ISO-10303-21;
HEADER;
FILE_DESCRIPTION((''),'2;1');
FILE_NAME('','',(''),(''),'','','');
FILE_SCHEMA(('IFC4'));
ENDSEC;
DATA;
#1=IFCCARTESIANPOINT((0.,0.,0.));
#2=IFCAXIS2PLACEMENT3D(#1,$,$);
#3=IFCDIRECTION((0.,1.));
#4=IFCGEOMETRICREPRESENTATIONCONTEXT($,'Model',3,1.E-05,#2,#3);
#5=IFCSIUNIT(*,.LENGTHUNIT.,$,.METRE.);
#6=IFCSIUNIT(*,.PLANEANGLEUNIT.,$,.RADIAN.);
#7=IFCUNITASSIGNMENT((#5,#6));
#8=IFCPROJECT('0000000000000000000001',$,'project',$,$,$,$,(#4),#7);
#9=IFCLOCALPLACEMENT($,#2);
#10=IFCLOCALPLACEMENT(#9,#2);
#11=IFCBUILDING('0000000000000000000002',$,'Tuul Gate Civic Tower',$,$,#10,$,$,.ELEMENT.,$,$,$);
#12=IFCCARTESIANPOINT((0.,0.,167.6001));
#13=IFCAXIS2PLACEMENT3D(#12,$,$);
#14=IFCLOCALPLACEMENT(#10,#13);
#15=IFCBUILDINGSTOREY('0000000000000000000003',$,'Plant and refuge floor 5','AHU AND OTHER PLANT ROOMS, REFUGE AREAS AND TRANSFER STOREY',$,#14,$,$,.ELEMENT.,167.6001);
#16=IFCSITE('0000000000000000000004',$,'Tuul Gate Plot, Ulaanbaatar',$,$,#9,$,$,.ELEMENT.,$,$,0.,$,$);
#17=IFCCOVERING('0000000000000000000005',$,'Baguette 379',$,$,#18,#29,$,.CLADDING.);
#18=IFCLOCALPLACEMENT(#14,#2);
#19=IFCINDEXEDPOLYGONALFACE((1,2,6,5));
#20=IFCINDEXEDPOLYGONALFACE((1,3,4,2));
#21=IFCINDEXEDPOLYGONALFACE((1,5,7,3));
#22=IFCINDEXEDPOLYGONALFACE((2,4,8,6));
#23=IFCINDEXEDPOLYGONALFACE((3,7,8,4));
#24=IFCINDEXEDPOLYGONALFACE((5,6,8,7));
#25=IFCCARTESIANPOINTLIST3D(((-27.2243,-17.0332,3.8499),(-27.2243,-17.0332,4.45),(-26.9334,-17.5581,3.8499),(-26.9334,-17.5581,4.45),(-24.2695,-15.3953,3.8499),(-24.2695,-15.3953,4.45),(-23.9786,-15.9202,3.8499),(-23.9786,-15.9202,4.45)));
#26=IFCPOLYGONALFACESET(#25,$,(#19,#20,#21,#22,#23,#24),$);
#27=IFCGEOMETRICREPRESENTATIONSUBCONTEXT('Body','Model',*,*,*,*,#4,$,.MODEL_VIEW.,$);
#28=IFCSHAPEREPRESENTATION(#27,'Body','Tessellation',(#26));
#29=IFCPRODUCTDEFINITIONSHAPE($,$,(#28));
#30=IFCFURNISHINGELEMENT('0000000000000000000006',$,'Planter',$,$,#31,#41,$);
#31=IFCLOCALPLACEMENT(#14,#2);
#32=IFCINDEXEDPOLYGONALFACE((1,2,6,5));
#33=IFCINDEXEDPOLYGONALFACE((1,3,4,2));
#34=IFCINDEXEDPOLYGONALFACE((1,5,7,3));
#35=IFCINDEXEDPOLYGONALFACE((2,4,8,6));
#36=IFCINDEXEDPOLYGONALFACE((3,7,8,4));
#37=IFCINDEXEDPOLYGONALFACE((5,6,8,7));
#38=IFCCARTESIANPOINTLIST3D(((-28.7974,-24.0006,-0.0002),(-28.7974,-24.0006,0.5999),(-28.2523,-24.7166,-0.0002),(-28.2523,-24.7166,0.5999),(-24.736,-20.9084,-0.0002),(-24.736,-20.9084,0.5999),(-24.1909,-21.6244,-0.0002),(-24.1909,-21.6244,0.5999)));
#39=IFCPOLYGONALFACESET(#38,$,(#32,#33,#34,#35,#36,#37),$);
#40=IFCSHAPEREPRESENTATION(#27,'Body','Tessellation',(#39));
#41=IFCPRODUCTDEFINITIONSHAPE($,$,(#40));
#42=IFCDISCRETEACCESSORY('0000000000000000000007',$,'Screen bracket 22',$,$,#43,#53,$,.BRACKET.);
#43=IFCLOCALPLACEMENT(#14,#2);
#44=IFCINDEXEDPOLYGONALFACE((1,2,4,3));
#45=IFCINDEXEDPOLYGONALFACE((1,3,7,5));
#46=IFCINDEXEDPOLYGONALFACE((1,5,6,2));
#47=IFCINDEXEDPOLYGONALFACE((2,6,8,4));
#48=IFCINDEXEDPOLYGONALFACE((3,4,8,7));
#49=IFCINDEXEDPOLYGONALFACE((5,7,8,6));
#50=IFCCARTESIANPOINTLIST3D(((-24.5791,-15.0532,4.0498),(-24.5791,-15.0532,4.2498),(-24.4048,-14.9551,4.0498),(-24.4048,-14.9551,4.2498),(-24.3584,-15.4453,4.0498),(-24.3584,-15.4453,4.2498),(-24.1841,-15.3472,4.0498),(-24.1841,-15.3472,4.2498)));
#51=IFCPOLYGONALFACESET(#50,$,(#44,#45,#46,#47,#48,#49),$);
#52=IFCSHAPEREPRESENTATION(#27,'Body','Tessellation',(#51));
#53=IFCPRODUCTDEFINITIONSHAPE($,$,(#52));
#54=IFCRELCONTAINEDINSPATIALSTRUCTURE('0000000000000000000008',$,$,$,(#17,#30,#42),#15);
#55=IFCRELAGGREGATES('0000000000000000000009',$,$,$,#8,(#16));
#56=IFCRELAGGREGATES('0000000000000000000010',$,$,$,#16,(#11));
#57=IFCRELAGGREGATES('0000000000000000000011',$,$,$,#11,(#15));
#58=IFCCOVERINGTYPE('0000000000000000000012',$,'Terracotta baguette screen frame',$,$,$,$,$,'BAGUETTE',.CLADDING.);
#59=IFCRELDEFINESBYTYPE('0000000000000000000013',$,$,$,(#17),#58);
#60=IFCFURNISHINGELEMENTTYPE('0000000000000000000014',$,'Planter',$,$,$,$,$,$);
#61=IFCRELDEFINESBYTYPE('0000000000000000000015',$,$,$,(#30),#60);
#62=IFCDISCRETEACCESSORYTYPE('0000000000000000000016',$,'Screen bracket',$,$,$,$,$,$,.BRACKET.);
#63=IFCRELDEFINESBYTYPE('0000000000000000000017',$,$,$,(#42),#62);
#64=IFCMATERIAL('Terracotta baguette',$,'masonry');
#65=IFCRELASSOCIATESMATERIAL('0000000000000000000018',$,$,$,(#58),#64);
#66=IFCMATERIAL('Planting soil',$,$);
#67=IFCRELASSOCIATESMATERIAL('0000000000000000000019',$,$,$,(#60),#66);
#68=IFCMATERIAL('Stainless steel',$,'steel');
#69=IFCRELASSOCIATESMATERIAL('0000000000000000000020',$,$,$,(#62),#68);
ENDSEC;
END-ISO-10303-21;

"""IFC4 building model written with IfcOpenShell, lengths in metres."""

from ifc_helpers import new_model, si_unit, direction, frame, origin, origin_2d, place, context, subcontext, project, spatial, rectangle, extrude, material, material_profile, profile_set, type_object, element, save


model = new_model("IFC4")

# Units and contexts
model_context = context("Model", 3, precision=1e-05, world=origin(), true_north=direction((0.0, 1.0)))
body_context = subcontext(model_context, "Body", "Model", "MODEL_VIEW")
ifc_project = project(units=[si_unit("LENGTHUNIT", "METRE"), si_unit("PLANEANGLEUNIT", "RADIAN")], contexts=[model_context])

# Site, building, storey
site_placement = place(None, origin())
site = spatial("IfcSite", under=ifc_project, at=site_placement, Name="Tuul Gate Plot, Ulaanbaatar", CompositionType="ELEMENT", RefElevation=0.0)
building_placement = place(site_placement, origin())
building = spatial("IfcBuilding", under=site, at=building_placement, Name="Tuul Gate Civic Tower", CompositionType="ELEMENT")
storey_placement = place(building_placement, frame((0.0, 0.0, 167.6001)))
storey = spatial("IfcBuildingStorey", under=building, at=storey_placement, Name="Plant and refuge floor 5", Description="AHU AND OTHER PLANT ROOMS, REFUGE AREAS AND TRANSFER STOREY", CompositionType="ELEMENT", Elevation=167.6001)

# Covering
ifc_material_1 = material(Name="Terracotta baguette", Category="masonry")
ifc_material_profile_1 = material_profile(ifc_material_1, rectangle(XDim=0.6001, YDim=0.6001, at=origin_2d()), Name="Terracotta baguette screen frame")
ifc_profile_set_1 = profile_set([ifc_material_profile_1], Name="Terracotta baguette")
covering_type = type_object("IfcCoveringType", Name="Terracotta baguette screen frame", ElementType="BAGUETTE", PredefinedType="CLADDING", material=ifc_profile_set_1)
covering_1_placement = place(storey_placement, frame((-27.0789, -17.2957, 4.1499), z_axis=(0.874614, 0.484821, 0.0), x_axis=(-0.484821, 0.874614, 0.0)))
element("IfcCovering", 1, at=covering_1_placement, inside=storey, type_object=covering_type, Name="Baguette 379", PredefinedType="CLADDING", context=body_context, shape_type="SweptSolid", body=[
    extrude(rectangle(XDim=0.6001, YDim=0.6001, at=origin_2d()), origin(), (0.0, 0.0, 1.0), 3.3784),
])

# Furnishing element
ifc_material_2 = material(Name="Planting soil")
furnishing_element_type = type_object("IfcFurnishingElementType", Name="Planter", material=ifc_material_2)
furnishing_placement = place(storey_placement, frame((-26.4941, -22.8125, -0.0002), z_axis=(0.0, 0.0, 1.0), x_axis=(0.795646, 0.605762, 0.0)))
element("IfcFurnishingElement", 2, at=furnishing_placement, inside=storey, type_object=furnishing_element_type, Name="Planter", context=body_context, shape_type="SweptSolid", body=[
    extrude(rectangle(XDim=5.1045, YDim=0.8999, at=origin_2d()), origin(), (0.0, 0.0, 1.0), 0.6001),
])

# Discrete accessory
ifc_material_3 = material(Name="Stainless steel", Category="steel")
discrete_accessory_type = type_object("IfcDiscreteAccessoryType", Name="Screen bracket", PredefinedType="BRACKET", material=ifc_material_3)
discrete_accessory_placement = place(storey_placement, frame((-24.3816, -15.2002, 4.0498), z_axis=(0.0, 0.0, 1.0), x_axis=(0.490458, -0.871465, 0.0)))
element("IfcDiscreteAccessory", 3, at=discrete_accessory_placement, inside=storey, type_object=discrete_accessory_type, Name="Screen bracket 22", PredefinedType="BRACKET", context=body_context, shape_type="SweptSolid", body=[
    extrude(rectangle(XDim=0.45, YDim=0.2, at=origin_2d()), origin(), (0.0, 0.0, 1.0), 0.2),
])

save(model, "model.ifc")
